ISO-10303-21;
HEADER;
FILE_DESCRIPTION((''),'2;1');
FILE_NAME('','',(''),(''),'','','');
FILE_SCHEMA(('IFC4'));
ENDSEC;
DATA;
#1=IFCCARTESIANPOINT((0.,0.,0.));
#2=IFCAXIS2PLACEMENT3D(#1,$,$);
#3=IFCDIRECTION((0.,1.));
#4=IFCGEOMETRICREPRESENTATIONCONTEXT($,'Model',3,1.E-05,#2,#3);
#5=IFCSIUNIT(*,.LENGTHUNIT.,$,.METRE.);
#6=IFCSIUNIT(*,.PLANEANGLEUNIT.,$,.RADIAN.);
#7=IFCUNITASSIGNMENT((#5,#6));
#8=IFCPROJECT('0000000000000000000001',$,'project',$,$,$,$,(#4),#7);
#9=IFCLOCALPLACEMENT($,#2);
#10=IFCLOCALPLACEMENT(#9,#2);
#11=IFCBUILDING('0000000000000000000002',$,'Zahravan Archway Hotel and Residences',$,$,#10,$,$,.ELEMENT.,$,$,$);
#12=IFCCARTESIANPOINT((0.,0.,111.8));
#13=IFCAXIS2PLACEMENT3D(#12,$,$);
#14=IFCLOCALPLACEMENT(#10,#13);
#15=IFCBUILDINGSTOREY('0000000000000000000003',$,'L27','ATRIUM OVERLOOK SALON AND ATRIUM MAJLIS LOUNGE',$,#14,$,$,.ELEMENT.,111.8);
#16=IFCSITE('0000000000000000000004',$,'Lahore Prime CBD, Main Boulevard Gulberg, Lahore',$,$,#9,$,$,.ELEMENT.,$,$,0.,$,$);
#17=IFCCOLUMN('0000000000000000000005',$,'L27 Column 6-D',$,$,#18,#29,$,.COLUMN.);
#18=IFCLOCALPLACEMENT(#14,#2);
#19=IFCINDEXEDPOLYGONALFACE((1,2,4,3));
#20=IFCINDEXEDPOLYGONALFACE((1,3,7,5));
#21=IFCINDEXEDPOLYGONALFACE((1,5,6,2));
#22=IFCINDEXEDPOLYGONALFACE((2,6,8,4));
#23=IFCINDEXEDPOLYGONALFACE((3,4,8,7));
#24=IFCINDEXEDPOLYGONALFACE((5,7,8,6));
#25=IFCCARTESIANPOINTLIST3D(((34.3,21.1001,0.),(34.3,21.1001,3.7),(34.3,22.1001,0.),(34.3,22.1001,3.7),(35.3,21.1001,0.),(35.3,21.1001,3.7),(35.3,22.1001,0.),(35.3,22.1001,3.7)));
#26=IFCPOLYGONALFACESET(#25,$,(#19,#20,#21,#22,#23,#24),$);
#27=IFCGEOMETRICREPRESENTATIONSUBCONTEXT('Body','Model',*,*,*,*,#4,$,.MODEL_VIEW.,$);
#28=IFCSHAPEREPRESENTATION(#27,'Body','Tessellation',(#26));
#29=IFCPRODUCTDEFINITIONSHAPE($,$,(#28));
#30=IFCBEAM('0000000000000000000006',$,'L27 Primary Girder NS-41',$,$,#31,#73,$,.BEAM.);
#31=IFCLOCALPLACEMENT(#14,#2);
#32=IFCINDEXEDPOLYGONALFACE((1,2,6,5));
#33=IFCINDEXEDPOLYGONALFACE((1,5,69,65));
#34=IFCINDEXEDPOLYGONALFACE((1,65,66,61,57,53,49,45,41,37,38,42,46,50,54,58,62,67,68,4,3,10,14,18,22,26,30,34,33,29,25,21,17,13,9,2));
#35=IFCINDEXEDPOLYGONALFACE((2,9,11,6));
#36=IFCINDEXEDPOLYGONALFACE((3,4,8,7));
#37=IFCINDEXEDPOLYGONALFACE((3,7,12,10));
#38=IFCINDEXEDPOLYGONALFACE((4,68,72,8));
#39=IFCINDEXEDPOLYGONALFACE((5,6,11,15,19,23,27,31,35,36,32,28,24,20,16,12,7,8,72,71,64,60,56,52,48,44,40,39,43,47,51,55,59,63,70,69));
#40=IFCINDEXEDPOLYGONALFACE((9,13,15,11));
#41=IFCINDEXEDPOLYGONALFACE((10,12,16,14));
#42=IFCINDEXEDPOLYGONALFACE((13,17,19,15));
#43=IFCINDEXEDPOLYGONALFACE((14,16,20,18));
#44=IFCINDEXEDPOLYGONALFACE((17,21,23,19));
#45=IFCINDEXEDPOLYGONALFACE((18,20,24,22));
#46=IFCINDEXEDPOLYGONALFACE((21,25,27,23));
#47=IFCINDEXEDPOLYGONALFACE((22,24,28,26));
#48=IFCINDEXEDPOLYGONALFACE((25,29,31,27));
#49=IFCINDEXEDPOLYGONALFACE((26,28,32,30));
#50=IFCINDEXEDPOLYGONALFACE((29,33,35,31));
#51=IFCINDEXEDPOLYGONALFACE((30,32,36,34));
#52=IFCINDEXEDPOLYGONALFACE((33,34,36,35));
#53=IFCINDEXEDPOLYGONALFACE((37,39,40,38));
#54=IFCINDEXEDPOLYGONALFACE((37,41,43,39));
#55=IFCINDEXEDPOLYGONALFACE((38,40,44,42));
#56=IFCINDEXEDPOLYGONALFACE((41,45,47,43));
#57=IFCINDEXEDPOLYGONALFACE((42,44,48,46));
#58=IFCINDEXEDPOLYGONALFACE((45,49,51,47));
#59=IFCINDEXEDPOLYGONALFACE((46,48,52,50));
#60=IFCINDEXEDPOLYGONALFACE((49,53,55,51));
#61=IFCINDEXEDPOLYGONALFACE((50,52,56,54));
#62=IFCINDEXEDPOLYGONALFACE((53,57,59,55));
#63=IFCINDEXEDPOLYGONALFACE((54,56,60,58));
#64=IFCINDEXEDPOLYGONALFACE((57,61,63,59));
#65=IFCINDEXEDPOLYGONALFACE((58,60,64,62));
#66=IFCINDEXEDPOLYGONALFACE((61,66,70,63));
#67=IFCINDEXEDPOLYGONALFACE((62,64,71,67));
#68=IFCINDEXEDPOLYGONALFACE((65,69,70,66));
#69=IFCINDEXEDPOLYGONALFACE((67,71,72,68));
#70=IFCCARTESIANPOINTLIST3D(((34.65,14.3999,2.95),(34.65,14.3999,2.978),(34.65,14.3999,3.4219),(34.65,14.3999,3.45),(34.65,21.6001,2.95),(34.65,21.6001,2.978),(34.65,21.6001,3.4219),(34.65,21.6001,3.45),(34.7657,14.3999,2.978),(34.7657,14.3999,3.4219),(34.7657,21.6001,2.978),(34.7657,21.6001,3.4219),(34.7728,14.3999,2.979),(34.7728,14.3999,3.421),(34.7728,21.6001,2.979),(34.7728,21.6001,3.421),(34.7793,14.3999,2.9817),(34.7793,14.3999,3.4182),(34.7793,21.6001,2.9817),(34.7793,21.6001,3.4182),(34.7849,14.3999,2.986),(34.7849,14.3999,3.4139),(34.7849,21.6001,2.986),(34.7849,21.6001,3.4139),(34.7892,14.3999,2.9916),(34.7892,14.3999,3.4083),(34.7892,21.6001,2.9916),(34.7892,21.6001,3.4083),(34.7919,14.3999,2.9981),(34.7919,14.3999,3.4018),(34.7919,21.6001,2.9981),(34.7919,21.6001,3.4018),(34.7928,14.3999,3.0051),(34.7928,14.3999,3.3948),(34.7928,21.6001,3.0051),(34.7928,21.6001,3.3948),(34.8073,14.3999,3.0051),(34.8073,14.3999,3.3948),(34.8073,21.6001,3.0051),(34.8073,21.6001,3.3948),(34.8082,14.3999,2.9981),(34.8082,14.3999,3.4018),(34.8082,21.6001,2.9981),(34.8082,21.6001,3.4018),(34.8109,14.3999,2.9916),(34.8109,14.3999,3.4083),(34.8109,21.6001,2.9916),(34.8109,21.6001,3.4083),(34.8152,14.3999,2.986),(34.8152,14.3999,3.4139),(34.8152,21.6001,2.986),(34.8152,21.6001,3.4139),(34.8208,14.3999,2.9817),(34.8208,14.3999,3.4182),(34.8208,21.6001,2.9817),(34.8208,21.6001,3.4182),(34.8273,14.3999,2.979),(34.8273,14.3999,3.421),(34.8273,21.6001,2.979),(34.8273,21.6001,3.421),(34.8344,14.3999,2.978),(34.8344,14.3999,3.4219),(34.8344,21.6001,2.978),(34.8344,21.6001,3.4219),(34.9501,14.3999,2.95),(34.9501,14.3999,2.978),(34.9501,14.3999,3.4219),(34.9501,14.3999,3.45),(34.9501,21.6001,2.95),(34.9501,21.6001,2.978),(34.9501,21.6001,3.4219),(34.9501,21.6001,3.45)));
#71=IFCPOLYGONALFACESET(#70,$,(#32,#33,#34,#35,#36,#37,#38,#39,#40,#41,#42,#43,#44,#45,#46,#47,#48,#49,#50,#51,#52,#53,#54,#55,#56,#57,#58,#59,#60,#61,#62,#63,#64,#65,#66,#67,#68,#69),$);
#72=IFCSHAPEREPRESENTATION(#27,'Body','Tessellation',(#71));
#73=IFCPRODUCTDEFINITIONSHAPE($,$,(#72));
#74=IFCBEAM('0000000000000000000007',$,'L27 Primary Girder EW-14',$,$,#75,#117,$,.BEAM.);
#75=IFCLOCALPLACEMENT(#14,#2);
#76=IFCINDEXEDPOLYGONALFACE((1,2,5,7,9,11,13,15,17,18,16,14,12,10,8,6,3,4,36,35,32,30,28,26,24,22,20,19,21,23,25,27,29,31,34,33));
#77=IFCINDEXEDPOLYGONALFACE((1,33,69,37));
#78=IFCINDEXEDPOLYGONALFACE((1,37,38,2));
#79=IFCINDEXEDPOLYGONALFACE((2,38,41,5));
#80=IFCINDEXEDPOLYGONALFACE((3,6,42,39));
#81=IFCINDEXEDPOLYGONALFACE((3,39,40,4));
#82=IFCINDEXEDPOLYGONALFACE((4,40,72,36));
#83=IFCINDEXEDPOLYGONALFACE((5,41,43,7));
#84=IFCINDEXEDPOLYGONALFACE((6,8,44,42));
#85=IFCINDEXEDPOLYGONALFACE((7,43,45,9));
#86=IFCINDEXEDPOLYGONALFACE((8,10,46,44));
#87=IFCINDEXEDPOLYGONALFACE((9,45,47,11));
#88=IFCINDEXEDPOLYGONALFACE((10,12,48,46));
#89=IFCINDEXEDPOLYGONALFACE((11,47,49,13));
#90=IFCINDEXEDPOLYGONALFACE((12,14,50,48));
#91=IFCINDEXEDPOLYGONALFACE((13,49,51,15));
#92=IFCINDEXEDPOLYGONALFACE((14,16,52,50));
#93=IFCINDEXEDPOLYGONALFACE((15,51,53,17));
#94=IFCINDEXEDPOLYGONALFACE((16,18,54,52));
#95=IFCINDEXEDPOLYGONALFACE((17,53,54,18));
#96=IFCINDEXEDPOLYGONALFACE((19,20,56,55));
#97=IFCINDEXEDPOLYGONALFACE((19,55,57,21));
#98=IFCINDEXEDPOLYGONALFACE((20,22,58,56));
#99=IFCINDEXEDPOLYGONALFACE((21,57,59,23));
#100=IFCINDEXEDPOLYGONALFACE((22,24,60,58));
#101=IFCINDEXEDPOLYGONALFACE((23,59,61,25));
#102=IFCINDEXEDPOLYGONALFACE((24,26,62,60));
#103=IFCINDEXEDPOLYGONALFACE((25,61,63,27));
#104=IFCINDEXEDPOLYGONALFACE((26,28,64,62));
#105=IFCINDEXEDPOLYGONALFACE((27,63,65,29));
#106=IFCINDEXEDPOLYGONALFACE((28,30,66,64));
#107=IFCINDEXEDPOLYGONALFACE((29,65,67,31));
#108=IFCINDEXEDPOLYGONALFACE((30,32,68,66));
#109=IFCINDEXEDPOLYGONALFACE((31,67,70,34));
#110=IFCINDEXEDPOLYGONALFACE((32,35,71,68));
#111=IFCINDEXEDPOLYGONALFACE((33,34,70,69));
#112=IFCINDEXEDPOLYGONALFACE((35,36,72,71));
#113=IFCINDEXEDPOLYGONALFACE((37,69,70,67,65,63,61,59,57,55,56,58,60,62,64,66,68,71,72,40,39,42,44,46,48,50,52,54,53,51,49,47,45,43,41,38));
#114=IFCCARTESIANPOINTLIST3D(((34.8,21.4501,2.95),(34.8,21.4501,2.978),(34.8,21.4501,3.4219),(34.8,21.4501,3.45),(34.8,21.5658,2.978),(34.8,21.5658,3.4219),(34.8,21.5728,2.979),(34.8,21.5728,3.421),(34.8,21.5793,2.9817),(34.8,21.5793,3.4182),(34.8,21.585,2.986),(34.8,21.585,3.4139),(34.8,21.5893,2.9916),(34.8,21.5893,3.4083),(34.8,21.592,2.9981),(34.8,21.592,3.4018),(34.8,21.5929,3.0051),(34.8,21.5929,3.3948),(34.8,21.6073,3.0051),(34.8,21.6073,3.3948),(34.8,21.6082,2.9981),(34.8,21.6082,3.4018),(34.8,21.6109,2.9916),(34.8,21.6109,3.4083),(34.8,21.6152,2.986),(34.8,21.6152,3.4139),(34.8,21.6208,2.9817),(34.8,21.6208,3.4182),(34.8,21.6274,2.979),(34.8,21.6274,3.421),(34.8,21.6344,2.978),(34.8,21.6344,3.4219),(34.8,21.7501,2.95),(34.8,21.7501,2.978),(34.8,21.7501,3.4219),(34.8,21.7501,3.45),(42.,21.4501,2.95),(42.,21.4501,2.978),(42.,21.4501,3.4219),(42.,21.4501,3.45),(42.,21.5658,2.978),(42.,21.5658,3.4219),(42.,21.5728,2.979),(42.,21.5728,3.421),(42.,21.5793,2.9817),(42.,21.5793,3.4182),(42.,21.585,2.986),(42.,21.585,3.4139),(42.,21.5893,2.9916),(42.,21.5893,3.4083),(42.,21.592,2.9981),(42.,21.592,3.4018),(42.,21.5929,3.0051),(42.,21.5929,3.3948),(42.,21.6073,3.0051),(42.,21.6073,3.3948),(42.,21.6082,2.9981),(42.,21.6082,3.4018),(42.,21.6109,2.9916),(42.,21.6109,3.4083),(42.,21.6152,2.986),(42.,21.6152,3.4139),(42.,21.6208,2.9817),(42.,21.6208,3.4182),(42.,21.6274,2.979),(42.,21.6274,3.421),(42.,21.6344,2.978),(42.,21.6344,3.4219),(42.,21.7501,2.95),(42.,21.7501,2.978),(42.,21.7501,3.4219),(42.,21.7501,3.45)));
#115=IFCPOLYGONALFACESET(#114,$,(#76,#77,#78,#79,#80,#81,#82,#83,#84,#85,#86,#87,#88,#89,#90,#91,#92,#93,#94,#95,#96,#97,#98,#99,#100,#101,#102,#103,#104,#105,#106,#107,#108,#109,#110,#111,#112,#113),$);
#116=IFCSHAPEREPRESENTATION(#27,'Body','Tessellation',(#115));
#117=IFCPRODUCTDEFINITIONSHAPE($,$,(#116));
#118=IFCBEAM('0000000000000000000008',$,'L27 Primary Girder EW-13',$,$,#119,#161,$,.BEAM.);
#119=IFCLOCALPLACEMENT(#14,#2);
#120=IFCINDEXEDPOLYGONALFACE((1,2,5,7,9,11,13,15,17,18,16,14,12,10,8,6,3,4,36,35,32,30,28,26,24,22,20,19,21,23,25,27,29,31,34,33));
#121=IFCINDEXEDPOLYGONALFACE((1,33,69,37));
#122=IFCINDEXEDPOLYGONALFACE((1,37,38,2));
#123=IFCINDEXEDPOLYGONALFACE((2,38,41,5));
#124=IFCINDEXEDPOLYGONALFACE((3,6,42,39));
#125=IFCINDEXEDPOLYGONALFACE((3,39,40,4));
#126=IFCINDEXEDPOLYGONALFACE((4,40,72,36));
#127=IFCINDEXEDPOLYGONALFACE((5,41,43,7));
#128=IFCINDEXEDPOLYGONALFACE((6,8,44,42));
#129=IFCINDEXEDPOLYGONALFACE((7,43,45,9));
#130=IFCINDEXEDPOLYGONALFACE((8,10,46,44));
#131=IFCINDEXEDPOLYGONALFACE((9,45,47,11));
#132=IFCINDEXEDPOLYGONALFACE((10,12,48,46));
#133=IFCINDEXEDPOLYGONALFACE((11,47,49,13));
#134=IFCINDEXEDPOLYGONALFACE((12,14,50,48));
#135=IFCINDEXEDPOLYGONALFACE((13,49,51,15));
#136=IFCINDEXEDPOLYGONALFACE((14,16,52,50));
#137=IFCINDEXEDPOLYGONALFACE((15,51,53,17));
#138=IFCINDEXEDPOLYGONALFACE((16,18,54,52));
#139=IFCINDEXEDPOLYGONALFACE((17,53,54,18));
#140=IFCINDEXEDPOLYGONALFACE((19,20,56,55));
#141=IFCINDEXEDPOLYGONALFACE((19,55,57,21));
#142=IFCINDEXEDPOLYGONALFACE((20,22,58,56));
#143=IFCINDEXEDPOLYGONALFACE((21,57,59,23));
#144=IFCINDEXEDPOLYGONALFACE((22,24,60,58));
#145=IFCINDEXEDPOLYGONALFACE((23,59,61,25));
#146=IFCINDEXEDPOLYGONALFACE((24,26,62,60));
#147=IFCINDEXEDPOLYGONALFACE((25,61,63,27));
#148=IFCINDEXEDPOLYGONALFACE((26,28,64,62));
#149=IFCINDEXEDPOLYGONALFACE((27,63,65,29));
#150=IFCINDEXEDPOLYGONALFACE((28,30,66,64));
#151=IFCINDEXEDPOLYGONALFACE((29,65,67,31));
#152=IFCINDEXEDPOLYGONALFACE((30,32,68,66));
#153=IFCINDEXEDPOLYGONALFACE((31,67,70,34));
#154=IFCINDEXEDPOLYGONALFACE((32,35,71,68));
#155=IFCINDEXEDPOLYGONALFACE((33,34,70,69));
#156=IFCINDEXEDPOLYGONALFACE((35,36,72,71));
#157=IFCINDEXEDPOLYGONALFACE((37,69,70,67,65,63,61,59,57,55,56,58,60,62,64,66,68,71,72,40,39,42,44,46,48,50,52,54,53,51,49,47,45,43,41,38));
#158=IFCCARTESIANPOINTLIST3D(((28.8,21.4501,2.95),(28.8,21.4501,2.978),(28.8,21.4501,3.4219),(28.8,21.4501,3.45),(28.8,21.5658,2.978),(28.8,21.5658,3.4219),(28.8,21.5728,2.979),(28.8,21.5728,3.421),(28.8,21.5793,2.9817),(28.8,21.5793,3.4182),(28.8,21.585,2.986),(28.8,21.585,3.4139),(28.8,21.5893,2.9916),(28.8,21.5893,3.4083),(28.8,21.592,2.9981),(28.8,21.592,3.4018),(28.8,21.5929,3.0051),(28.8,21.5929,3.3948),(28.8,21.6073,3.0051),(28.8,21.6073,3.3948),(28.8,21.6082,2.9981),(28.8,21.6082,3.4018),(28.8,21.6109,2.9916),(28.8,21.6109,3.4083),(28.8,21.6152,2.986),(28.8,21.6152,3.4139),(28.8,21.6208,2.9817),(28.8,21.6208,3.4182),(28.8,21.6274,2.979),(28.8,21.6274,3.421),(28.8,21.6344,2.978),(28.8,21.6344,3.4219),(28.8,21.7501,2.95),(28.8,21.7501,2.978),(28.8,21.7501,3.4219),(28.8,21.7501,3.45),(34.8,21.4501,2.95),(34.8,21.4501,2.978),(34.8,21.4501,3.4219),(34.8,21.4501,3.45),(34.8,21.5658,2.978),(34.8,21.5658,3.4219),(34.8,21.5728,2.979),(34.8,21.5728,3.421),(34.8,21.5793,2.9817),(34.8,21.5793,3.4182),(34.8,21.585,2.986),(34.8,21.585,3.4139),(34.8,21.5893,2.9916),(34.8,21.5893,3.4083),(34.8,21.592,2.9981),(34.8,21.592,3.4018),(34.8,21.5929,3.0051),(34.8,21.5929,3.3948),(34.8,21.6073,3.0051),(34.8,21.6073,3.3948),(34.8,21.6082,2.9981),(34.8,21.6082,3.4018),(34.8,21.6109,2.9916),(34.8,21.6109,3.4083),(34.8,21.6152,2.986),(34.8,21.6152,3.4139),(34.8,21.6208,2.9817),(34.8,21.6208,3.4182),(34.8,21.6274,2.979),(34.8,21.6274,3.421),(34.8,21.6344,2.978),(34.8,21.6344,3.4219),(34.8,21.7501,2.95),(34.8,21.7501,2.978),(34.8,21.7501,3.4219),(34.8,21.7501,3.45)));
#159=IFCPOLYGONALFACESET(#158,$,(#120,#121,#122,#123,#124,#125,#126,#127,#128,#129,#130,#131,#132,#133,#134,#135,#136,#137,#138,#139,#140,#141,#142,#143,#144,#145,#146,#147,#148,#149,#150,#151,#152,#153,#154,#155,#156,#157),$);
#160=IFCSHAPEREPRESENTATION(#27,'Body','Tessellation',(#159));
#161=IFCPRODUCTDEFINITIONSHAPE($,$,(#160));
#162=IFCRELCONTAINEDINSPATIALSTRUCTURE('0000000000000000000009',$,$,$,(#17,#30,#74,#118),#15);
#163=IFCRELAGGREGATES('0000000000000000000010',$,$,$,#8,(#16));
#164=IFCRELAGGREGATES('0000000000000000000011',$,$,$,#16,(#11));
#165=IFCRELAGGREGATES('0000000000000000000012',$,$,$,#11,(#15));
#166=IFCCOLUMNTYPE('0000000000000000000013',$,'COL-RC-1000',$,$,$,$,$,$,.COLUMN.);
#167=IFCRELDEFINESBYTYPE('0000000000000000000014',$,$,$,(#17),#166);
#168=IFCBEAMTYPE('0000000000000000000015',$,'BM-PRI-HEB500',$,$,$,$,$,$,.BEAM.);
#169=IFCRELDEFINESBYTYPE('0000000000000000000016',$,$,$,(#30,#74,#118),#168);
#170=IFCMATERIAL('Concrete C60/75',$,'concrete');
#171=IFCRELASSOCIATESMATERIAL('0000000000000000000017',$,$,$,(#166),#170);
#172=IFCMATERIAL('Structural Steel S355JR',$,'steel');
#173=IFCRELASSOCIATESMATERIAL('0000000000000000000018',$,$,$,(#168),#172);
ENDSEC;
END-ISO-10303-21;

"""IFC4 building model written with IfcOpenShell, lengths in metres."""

from ifc_helpers import new_model, si_unit, direction, frame, origin, origin_2d, place, context, subcontext, project, spatial, rectangle, i_section, extrude, source, transform, mapped, material, material_profile, profile_set, type_object, type_shapes, element, save


model = new_model("IFC4")

# Units and contexts
model_context = context("Model", 3, precision=1e-05, world=origin(), true_north=direction((0.0, 1.0)))
body_context = subcontext(model_context, "Body", "Model", "MODEL_VIEW")
ifc_project = project(units=[si_unit("LENGTHUNIT", "METRE"), si_unit("PLANEANGLEUNIT", "RADIAN")], contexts=[model_context])

# Site, building, storey
site_placement = place(None, origin())
site = spatial("IfcSite", under=ifc_project, at=site_placement, Name="Lahore Prime CBD, Main Boulevard Gulberg, Lahore", CompositionType="ELEMENT", RefElevation=0.0)
building_placement = place(site_placement, origin())
building = spatial("IfcBuilding", under=site, at=building_placement, Name="Zahravan Archway Hotel and Residences", CompositionType="ELEMENT")
storey_placement = place(building_placement, frame((0.0, 0.0, 111.8)))
storey = spatial("IfcBuildingStorey", under=building, at=storey_placement, Name="L27", Description="ATRIUM OVERLOOK SALON AND ATRIUM MAJLIS LOUNGE", CompositionType="ELEMENT", Elevation=111.8)

# Column
ifc_material_1 = material(Name="Concrete C60/75", Category="concrete")
ifc_material_profile_1 = material_profile(ifc_material_1, rectangle(XDim=1.0, YDim=1.0, at=origin_2d()), Name="RC-COL-1000x1000", Category="concrete")
ifc_profile_set_1 = profile_set([ifc_material_profile_1], Name="Concrete C60/75")
column_type = type_object("IfcColumnType", Name="COL-RC-1000", PredefinedType="COLUMN", material=ifc_profile_set_1)
shared_shape_1 = source(origin(), body_context, "Body", "SweptSolid", [
    extrude(rectangle(XDim=1.0, YDim=1.0, at=origin_2d()), origin(), (0.0, 0.0, 1.0), 3.7),
])
type_shapes(column_type, [shared_shape_1])
column_placement = place(storey_placement, frame((34.8, 21.6001, 0.0), z_axis=(0.0, 0.0, 1.0), x_axis=(1.0, 0.0, 0.0)))
element("IfcColumn", 1, at=column_placement, inside=storey, type_object=column_type, Name="L27 Column 6-D", PredefinedType="COLUMN", context=body_context, shape_type="MappedRepresentation", body=[
    mapped(shared_shape_1, transform((0.0, 0.0, 0.0), scale=1.0)),
])

# Beams
ifc_material_2 = material(Name="Structural Steel S355JR", Category="steel")
ifc_material_profile_2 = material_profile(ifc_material_2, i_section(OverallWidth=0.3, OverallDepth=0.5, WebThickness=0.0144, FlangeThickness=0.0281, FilletRadius=0.0271, at=origin_2d()), Name="HEB 500", Category="steel")
ifc_profile_set_2 = profile_set([ifc_material_profile_2], Name="Structural Steel S355JR")
beam_type_1 = type_object("IfcBeamType", Name="BM-PRI-HEB500", PredefinedType="BEAM", material=ifc_profile_set_2)
shared_shape_2 = source(origin(), body_context, "Body", "SweptSolid", [
    extrude(i_section(OverallWidth=0.3, OverallDepth=0.5, WebThickness=0.0144, FlangeThickness=0.0281, FilletRadius=0.0271, at=origin_2d()), origin(), (0.0, 0.0, 1.0), 7.2002),
])
type_shapes(beam_type_1, [shared_shape_2])
beam_1_placement = place(storey_placement, frame((34.8, 14.3999, 3.2), z_axis=(0.0, 1.0, 0.0), x_axis=(-1.0, 0.0, 0.0)))
element("IfcBeam", 2, at=beam_1_placement, inside=storey, type_object=beam_type_1, Name="L27 Primary Girder NS-41", PredefinedType="BEAM", context=body_context, shape_type="MappedRepresentation", body=[
    mapped(shared_shape_2, transform((0.0, 0.0, 0.0), scale=1.0)),
])
shared_shape_3 = source(origin(), body_context, "Body", "SweptSolid", [
    extrude(i_section(OverallWidth=0.3, OverallDepth=0.5, WebThickness=0.0144, FlangeThickness=0.0281, FilletRadius=0.0271, at=origin_2d()), origin(), (0.0, 0.0, 1.0), 7.2),
])
beam_2_placement = place(storey_placement, frame((34.8, 21.6001, 3.2), z_axis=(1.0, 0.0, 0.0), x_axis=(0.0, 1.0, 0.0)))
element("IfcBeam", 3, at=beam_2_placement, inside=storey, type_object=beam_type_1, Name="L27 Primary Girder EW-14", PredefinedType="BEAM", context=body_context, shape_type="MappedRepresentation", body=[
    mapped(shared_shape_3, transform((0.0, 0.0, 0.0), scale=1.0)),
])
shared_shape_4 = source(origin(), body_context, "Body", "SweptSolid", [
    extrude(i_section(OverallWidth=0.3, OverallDepth=0.5, WebThickness=0.0144, FlangeThickness=0.0281, FilletRadius=0.0271, at=origin_2d()), origin(), (0.0, 0.0, 1.0), 6.0),
])
beam_3_placement = place(storey_placement, frame((28.8, 21.6001, 3.2), z_axis=(1.0, 0.0, 0.0), x_axis=(0.0, 1.0, 0.0)))
element("IfcBeam", 4, at=beam_3_placement, inside=storey, type_object=beam_type_1, Name="L27 Primary Girder EW-13", PredefinedType="BEAM", context=body_context, shape_type="MappedRepresentation", body=[
    mapped(shared_shape_4, transform((0.0, 0.0, 0.0), scale=1.0)),
])

save(model, "model.ifc")
